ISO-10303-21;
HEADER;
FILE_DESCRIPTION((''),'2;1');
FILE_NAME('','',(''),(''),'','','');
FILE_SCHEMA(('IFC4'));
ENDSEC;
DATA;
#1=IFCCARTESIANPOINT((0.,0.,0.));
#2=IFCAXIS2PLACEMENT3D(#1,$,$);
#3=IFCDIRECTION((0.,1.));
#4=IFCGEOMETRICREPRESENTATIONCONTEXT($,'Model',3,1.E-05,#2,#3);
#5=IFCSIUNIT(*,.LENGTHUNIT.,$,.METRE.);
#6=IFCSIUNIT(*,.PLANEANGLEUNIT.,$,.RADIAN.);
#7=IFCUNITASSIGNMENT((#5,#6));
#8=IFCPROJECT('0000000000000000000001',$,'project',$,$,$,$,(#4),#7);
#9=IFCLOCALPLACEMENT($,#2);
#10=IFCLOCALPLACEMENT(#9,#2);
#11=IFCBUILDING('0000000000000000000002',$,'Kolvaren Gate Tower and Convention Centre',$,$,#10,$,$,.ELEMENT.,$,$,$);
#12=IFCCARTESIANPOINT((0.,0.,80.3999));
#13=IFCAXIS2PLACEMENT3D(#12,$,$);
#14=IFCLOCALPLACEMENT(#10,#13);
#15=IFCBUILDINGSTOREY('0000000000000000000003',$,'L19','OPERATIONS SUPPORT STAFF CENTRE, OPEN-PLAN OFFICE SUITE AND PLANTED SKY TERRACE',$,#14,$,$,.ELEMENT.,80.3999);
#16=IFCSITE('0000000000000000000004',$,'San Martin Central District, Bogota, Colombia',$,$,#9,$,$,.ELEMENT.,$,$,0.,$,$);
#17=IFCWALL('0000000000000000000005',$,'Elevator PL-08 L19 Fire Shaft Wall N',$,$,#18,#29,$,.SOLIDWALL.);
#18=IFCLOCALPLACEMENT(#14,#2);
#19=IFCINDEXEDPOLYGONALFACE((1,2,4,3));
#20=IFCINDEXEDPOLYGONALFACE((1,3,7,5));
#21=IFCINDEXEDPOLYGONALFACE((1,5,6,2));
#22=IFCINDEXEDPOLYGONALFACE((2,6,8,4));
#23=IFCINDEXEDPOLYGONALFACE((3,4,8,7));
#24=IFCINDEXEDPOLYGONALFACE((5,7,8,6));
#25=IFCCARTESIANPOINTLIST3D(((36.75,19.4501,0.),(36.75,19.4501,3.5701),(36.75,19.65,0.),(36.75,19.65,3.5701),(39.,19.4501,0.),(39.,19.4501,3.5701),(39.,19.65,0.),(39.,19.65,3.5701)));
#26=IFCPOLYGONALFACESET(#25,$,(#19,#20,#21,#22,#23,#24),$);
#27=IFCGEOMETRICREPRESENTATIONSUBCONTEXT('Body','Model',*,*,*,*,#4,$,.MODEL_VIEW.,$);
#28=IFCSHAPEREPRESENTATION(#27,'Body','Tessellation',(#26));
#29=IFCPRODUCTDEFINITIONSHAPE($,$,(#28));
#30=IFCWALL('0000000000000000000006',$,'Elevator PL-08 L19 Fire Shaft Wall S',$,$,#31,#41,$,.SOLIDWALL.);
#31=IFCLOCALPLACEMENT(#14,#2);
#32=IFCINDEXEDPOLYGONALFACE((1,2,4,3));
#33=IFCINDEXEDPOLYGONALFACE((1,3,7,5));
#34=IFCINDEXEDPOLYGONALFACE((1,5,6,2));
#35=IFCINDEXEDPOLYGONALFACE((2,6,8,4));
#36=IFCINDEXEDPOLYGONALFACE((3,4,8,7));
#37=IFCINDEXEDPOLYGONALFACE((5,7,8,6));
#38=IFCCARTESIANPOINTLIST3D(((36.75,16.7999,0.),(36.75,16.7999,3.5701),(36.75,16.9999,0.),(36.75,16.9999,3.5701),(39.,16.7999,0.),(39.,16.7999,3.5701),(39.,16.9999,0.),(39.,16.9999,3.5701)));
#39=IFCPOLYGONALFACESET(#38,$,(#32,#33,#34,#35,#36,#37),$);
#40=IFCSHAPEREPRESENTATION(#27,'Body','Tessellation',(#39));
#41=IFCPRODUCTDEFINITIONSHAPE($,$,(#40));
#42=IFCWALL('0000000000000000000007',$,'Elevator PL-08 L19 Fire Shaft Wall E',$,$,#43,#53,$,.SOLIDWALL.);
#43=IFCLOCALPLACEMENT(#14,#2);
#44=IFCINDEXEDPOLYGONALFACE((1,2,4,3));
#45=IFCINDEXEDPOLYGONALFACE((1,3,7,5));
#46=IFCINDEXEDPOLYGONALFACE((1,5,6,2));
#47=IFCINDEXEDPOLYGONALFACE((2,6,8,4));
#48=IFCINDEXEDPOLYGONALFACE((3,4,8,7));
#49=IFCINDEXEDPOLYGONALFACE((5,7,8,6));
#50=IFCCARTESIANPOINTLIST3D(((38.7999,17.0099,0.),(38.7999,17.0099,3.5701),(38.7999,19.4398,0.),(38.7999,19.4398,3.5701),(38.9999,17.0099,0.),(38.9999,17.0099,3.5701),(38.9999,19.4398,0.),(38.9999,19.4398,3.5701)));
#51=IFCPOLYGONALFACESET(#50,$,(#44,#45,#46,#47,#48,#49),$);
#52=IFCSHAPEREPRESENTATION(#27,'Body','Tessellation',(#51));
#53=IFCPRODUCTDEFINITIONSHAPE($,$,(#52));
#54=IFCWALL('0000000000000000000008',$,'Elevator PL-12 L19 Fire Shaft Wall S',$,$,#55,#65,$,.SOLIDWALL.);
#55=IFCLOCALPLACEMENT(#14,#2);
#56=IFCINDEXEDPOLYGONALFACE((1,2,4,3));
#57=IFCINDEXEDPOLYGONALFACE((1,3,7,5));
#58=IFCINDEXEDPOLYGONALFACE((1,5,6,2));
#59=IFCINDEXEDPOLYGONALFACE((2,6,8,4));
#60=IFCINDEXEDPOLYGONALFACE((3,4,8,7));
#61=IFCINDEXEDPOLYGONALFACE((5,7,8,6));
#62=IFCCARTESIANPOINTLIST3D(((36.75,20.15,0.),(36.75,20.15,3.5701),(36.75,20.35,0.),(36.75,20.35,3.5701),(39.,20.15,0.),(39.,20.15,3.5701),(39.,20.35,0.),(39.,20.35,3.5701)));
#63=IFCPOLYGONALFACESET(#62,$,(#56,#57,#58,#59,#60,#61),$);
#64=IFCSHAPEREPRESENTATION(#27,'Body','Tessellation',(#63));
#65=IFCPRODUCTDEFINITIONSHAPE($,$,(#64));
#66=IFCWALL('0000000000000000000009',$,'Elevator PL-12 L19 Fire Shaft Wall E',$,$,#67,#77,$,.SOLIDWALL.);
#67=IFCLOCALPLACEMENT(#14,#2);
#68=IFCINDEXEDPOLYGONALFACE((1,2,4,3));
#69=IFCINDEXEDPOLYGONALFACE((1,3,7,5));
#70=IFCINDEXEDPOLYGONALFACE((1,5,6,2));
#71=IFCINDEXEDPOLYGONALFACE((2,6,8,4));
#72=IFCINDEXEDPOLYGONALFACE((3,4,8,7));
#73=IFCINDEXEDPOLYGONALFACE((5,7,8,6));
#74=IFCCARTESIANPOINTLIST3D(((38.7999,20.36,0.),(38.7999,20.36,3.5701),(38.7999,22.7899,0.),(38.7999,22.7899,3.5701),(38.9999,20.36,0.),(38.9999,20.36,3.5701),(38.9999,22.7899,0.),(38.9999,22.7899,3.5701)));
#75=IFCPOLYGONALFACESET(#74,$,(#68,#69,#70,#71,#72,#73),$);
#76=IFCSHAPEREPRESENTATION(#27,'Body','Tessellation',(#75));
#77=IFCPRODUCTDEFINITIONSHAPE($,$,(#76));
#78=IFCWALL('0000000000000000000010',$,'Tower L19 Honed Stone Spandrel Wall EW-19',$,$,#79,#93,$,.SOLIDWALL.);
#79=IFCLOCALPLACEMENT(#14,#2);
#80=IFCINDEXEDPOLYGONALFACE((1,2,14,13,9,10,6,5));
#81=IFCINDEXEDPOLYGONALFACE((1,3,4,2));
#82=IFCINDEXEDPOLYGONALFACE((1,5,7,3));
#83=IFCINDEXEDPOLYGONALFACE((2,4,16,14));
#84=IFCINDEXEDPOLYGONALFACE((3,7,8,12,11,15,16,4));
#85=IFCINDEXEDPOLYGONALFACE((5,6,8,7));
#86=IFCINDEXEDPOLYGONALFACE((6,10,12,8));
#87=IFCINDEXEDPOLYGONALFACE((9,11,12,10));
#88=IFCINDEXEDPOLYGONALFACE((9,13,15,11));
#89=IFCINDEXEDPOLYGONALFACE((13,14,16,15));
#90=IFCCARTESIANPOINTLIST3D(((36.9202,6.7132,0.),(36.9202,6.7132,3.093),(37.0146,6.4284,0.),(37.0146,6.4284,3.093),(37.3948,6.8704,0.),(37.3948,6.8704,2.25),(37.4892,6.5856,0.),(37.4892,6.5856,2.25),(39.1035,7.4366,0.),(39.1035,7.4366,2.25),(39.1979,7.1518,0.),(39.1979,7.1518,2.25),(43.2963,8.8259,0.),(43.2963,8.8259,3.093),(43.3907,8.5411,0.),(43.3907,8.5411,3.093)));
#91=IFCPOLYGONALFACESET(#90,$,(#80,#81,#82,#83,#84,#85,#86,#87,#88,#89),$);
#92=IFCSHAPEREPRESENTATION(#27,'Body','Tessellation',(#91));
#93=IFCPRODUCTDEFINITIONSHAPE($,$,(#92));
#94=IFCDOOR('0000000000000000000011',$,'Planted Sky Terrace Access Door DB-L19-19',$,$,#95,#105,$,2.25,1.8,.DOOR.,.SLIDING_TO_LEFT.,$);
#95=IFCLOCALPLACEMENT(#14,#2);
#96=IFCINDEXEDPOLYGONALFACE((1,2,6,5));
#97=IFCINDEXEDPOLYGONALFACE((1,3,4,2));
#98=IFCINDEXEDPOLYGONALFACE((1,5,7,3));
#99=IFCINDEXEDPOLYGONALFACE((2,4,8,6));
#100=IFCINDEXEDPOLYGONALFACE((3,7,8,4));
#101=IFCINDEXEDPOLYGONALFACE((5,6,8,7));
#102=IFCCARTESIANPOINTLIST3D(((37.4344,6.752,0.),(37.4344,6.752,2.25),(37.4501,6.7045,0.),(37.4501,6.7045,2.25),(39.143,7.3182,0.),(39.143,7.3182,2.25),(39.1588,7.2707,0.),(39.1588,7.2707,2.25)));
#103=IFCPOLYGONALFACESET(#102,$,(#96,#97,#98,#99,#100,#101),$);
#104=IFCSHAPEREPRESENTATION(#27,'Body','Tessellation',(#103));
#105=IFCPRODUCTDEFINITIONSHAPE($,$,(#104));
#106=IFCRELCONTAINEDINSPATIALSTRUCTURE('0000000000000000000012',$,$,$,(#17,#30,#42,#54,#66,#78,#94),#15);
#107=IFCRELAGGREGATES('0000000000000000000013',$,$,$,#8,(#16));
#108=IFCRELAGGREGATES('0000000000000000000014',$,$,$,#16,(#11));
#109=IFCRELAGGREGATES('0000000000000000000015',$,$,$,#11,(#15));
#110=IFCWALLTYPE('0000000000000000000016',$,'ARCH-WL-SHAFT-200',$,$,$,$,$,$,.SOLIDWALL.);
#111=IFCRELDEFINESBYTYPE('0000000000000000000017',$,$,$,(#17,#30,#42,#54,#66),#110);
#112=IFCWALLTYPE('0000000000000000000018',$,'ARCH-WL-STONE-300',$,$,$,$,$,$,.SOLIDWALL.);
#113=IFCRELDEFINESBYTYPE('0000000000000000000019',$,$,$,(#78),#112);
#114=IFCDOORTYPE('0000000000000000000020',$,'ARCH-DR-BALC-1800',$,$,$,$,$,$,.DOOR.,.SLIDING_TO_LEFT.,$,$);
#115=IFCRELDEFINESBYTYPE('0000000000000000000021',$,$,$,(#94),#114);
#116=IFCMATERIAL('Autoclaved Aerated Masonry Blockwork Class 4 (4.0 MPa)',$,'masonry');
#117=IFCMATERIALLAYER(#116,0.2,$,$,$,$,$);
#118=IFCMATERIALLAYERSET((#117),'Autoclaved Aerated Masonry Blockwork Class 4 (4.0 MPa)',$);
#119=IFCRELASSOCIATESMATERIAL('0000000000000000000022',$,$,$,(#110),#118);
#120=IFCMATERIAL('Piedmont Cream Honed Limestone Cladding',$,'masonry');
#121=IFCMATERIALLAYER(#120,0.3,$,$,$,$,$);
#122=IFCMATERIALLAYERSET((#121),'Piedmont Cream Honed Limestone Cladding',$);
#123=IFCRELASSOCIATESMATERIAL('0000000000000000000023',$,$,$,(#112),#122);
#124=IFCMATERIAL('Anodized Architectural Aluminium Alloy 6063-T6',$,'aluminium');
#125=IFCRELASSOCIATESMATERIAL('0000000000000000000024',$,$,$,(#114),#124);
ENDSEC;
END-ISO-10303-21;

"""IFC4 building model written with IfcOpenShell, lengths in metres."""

from ifc_helpers import new_model, si_unit, direction, frame, frame_2d, origin, place, context, subcontext, project, spatial, rectangle, extrude, material, layer, layer_set, type_object, element, fill, save


model = new_model("IFC4")

# Units and contexts
model_context = context("Model", 3, precision=1e-05, world=origin(), true_north=direction((0.0, 1.0)))
body_context = subcontext(model_context, "Body", "Model", "MODEL_VIEW")
ifc_project = project(units=[si_unit("LENGTHUNIT", "METRE"), si_unit("PLANEANGLEUNIT", "RADIAN")], contexts=[model_context])

# Site, building, storey
site_placement = place(None, origin())
site = spatial("IfcSite", under=ifc_project, at=site_placement, Name="San Martin Central District, Bogota, Colombia", CompositionType="ELEMENT", RefElevation=0.0)
building_placement = place(site_placement, origin())
building = spatial("IfcBuilding", under=site, at=building_placement, Name="Kolvaren Gate Tower and Convention Centre", CompositionType="ELEMENT")
storey_placement = place(building_placement, frame((0.0, 0.0, 80.3999)))
storey = spatial("IfcBuildingStorey", under=building, at=storey_placement, Name="L19", Description="OPERATIONS SUPPORT STAFF CENTRE, OPEN-PLAN OFFICE SUITE AND PLANTED SKY TERRACE", CompositionType="ELEMENT", Elevation=80.3999)

# Walls
ifc_material_1 = material(Name="Piedmont Cream Honed Limestone Cladding", Category="masonry")
ifc_material_2 = material(Name="Autoclaved Aerated Masonry Blockwork Class 4 (4.0 MPa)", Category="masonry")
ifc_layer_1 = layer(ifc_material_2, 0.2)
ifc_layer_set_1 = layer_set([ifc_layer_1], Name="Autoclaved Aerated Masonry Blockwork Class 4 (4.0 MPa)")
wall_type_1 = type_object("IfcWallType", Name="ARCH-WL-SHAFT-200", PredefinedType="SOLIDWALL", material=ifc_layer_set_1)
for number, where, z_axis, x_axis, name in (
    (1, (36.75, 19.55, 0.0), (0.0, 0.0, 1.0), (1.0, 0.0, 0.0), "Elevator PL-08 L19 Fire Shaft Wall N"),
    (2, (36.75, 16.8999, 0.0), (0.0, 0.0, 1.0), (1.0, 0.0, 0.0), "Elevator PL-08 L19 Fire Shaft Wall S"),
):
    element("IfcWall", number, at=place(storey_placement, frame(where, z_axis=z_axis, x_axis=x_axis)), inside=storey, type_object=wall_type_1, Name=name, PredefinedType="SOLIDWALL", context=body_context, shape_type="SweptSolid", body=[
        extrude(rectangle(XDim=2.25, YDim=0.2, at=frame_2d((1.125, 0.0))), origin(), (0.0, 0.0, 1.0), 3.5701),
    ])
wall_1_placement = place(storey_placement, frame((38.8999, 17.01, 0.0), z_axis=(0.0, 0.0, 1.0), x_axis=(0.0, 1.0, 0.0)))
element("IfcWall", 3, at=wall_1_placement, inside=storey, type_object=wall_type_1, Name="Elevator PL-08 L19 Fire Shaft Wall E", PredefinedType="SOLIDWALL", context=body_context, shape_type="SweptSolid", body=[
    extrude(rectangle(XDim=2.4299, YDim=0.2, at=frame_2d((1.2148, 0.0))), origin(), (0.0, 0.0, 1.0), 3.5701),
])
wall_2_placement = place(storey_placement, frame((36.75, 20.25, 0.0), z_axis=(0.0, 0.0, 1.0), x_axis=(1.0, 0.0, 0.0)))
element("IfcWall", 4, at=wall_2_placement, inside=storey, type_object=wall_type_1, Name="Elevator PL-12 L19 Fire Shaft Wall S", PredefinedType="SOLIDWALL", context=body_context, shape_type="SweptSolid", body=[
    extrude(rectangle(XDim=2.25, YDim=0.2, at=frame_2d((1.125, 0.0))), origin(), (0.0, 0.0, 1.0), 3.5701),
])
wall_3_placement = place(storey_placement, frame((38.8999, 20.3601, 0.0), z_axis=(0.0, 0.0, 1.0), x_axis=(0.0, 1.0, 0.0)))
element("IfcWall", 5, at=wall_3_placement, inside=storey, type_object=wall_type_1, Name="Elevator PL-12 L19 Fire Shaft Wall E", PredefinedType="SOLIDWALL", context=body_context, shape_type="SweptSolid", body=[
    extrude(rectangle(XDim=2.4299, YDim=0.2, at=frame_2d((1.2148, 0.0))), origin(), (0.0, 0.0, 1.0), 3.5701),
])

# Wall, opening, door
ifc_layer_2 = layer(ifc_material_1, 0.3)
ifc_layer_set_2 = layer_set([ifc_layer_2], Name="Piedmont Cream Honed Limestone Cladding")
wall_type_2 = type_object("IfcWallType", Name="ARCH-WL-STONE-300", PredefinedType="SOLIDWALL", material=ifc_layer_set_2)
wall_4_placement = place(storey_placement, frame((36.9675, 6.5708, 0.0), z_axis=(0.0, 0.0, 1.0), x_axis=(0.949245, 0.314537, 0.0)))
wall_4 = element("IfcWall", 6, at=wall_4_placement, inside=storey, type_object=wall_type_2, Name="Tower L19 Honed Stone Spandrel Wall EW-19", PredefinedType="SOLIDWALL", context=body_context, shape_type="SweptSolid", body=[
    extrude(rectangle(XDim=6.717, YDim=0.3, at=frame_2d((3.3584, 0.0))), origin(), (0.0, 0.0, 1.0), 3.093),
])
opening_placement = place(wall_4_placement, frame((0.5, 0.0, 0.0)))
opening = element("IfcOpeningElement", 7, at=opening_placement, cuts=wall_4, PredefinedType="OPENING", context=body_context, shape_type="SweptSolid", body=[
    extrude(rectangle(XDim=1.8, YDim=2.25, at=frame_2d((0.8999, 1.125))), frame((0.0, 0.1599, 0.0), z_axis=(0.0, -1.0, 0.0), x_axis=(1.0, 0.0, 0.0)), (0.0, 0.0, 1.0), 0.3201),
])
ifc_material_3 = material(Name="Anodized Architectural Aluminium Alloy 6063-T6", Category="aluminium")
door_type = type_object("IfcDoorType", Name="ARCH-DR-BALC-1800", OperationType="SLIDING_TO_LEFT", PredefinedType="DOOR", material=ifc_material_3)
door_placement = place(opening_placement, frame((1.8, 0.0, 0.0), z_axis=(0.0, 0.0, 1.0), x_axis=(-1.0, 0.0, 0.0)))
door = element("IfcDoor", 8, at=door_placement, inside=storey, type_object=door_type, Name="Planted Sky Terrace Access Door DB-L19-19", OperationType="SLIDING_TO_LEFT", OverallHeight=2.25, OverallWidth=1.8, PredefinedType="DOOR", context=body_context, shape_type="SweptSolid", body=[
    extrude(rectangle(XDim=1.8, YDim=2.25, at=frame_2d((0.8999, 1.125))), frame((0.0, 0.0249, 0.0), z_axis=(0.0, -1.0, 0.0), x_axis=(1.0, 0.0, 0.0)), (0.0, 0.0, 1.0), 0.05),
])
fill(opening, door)

save(model, "model.ifc")
